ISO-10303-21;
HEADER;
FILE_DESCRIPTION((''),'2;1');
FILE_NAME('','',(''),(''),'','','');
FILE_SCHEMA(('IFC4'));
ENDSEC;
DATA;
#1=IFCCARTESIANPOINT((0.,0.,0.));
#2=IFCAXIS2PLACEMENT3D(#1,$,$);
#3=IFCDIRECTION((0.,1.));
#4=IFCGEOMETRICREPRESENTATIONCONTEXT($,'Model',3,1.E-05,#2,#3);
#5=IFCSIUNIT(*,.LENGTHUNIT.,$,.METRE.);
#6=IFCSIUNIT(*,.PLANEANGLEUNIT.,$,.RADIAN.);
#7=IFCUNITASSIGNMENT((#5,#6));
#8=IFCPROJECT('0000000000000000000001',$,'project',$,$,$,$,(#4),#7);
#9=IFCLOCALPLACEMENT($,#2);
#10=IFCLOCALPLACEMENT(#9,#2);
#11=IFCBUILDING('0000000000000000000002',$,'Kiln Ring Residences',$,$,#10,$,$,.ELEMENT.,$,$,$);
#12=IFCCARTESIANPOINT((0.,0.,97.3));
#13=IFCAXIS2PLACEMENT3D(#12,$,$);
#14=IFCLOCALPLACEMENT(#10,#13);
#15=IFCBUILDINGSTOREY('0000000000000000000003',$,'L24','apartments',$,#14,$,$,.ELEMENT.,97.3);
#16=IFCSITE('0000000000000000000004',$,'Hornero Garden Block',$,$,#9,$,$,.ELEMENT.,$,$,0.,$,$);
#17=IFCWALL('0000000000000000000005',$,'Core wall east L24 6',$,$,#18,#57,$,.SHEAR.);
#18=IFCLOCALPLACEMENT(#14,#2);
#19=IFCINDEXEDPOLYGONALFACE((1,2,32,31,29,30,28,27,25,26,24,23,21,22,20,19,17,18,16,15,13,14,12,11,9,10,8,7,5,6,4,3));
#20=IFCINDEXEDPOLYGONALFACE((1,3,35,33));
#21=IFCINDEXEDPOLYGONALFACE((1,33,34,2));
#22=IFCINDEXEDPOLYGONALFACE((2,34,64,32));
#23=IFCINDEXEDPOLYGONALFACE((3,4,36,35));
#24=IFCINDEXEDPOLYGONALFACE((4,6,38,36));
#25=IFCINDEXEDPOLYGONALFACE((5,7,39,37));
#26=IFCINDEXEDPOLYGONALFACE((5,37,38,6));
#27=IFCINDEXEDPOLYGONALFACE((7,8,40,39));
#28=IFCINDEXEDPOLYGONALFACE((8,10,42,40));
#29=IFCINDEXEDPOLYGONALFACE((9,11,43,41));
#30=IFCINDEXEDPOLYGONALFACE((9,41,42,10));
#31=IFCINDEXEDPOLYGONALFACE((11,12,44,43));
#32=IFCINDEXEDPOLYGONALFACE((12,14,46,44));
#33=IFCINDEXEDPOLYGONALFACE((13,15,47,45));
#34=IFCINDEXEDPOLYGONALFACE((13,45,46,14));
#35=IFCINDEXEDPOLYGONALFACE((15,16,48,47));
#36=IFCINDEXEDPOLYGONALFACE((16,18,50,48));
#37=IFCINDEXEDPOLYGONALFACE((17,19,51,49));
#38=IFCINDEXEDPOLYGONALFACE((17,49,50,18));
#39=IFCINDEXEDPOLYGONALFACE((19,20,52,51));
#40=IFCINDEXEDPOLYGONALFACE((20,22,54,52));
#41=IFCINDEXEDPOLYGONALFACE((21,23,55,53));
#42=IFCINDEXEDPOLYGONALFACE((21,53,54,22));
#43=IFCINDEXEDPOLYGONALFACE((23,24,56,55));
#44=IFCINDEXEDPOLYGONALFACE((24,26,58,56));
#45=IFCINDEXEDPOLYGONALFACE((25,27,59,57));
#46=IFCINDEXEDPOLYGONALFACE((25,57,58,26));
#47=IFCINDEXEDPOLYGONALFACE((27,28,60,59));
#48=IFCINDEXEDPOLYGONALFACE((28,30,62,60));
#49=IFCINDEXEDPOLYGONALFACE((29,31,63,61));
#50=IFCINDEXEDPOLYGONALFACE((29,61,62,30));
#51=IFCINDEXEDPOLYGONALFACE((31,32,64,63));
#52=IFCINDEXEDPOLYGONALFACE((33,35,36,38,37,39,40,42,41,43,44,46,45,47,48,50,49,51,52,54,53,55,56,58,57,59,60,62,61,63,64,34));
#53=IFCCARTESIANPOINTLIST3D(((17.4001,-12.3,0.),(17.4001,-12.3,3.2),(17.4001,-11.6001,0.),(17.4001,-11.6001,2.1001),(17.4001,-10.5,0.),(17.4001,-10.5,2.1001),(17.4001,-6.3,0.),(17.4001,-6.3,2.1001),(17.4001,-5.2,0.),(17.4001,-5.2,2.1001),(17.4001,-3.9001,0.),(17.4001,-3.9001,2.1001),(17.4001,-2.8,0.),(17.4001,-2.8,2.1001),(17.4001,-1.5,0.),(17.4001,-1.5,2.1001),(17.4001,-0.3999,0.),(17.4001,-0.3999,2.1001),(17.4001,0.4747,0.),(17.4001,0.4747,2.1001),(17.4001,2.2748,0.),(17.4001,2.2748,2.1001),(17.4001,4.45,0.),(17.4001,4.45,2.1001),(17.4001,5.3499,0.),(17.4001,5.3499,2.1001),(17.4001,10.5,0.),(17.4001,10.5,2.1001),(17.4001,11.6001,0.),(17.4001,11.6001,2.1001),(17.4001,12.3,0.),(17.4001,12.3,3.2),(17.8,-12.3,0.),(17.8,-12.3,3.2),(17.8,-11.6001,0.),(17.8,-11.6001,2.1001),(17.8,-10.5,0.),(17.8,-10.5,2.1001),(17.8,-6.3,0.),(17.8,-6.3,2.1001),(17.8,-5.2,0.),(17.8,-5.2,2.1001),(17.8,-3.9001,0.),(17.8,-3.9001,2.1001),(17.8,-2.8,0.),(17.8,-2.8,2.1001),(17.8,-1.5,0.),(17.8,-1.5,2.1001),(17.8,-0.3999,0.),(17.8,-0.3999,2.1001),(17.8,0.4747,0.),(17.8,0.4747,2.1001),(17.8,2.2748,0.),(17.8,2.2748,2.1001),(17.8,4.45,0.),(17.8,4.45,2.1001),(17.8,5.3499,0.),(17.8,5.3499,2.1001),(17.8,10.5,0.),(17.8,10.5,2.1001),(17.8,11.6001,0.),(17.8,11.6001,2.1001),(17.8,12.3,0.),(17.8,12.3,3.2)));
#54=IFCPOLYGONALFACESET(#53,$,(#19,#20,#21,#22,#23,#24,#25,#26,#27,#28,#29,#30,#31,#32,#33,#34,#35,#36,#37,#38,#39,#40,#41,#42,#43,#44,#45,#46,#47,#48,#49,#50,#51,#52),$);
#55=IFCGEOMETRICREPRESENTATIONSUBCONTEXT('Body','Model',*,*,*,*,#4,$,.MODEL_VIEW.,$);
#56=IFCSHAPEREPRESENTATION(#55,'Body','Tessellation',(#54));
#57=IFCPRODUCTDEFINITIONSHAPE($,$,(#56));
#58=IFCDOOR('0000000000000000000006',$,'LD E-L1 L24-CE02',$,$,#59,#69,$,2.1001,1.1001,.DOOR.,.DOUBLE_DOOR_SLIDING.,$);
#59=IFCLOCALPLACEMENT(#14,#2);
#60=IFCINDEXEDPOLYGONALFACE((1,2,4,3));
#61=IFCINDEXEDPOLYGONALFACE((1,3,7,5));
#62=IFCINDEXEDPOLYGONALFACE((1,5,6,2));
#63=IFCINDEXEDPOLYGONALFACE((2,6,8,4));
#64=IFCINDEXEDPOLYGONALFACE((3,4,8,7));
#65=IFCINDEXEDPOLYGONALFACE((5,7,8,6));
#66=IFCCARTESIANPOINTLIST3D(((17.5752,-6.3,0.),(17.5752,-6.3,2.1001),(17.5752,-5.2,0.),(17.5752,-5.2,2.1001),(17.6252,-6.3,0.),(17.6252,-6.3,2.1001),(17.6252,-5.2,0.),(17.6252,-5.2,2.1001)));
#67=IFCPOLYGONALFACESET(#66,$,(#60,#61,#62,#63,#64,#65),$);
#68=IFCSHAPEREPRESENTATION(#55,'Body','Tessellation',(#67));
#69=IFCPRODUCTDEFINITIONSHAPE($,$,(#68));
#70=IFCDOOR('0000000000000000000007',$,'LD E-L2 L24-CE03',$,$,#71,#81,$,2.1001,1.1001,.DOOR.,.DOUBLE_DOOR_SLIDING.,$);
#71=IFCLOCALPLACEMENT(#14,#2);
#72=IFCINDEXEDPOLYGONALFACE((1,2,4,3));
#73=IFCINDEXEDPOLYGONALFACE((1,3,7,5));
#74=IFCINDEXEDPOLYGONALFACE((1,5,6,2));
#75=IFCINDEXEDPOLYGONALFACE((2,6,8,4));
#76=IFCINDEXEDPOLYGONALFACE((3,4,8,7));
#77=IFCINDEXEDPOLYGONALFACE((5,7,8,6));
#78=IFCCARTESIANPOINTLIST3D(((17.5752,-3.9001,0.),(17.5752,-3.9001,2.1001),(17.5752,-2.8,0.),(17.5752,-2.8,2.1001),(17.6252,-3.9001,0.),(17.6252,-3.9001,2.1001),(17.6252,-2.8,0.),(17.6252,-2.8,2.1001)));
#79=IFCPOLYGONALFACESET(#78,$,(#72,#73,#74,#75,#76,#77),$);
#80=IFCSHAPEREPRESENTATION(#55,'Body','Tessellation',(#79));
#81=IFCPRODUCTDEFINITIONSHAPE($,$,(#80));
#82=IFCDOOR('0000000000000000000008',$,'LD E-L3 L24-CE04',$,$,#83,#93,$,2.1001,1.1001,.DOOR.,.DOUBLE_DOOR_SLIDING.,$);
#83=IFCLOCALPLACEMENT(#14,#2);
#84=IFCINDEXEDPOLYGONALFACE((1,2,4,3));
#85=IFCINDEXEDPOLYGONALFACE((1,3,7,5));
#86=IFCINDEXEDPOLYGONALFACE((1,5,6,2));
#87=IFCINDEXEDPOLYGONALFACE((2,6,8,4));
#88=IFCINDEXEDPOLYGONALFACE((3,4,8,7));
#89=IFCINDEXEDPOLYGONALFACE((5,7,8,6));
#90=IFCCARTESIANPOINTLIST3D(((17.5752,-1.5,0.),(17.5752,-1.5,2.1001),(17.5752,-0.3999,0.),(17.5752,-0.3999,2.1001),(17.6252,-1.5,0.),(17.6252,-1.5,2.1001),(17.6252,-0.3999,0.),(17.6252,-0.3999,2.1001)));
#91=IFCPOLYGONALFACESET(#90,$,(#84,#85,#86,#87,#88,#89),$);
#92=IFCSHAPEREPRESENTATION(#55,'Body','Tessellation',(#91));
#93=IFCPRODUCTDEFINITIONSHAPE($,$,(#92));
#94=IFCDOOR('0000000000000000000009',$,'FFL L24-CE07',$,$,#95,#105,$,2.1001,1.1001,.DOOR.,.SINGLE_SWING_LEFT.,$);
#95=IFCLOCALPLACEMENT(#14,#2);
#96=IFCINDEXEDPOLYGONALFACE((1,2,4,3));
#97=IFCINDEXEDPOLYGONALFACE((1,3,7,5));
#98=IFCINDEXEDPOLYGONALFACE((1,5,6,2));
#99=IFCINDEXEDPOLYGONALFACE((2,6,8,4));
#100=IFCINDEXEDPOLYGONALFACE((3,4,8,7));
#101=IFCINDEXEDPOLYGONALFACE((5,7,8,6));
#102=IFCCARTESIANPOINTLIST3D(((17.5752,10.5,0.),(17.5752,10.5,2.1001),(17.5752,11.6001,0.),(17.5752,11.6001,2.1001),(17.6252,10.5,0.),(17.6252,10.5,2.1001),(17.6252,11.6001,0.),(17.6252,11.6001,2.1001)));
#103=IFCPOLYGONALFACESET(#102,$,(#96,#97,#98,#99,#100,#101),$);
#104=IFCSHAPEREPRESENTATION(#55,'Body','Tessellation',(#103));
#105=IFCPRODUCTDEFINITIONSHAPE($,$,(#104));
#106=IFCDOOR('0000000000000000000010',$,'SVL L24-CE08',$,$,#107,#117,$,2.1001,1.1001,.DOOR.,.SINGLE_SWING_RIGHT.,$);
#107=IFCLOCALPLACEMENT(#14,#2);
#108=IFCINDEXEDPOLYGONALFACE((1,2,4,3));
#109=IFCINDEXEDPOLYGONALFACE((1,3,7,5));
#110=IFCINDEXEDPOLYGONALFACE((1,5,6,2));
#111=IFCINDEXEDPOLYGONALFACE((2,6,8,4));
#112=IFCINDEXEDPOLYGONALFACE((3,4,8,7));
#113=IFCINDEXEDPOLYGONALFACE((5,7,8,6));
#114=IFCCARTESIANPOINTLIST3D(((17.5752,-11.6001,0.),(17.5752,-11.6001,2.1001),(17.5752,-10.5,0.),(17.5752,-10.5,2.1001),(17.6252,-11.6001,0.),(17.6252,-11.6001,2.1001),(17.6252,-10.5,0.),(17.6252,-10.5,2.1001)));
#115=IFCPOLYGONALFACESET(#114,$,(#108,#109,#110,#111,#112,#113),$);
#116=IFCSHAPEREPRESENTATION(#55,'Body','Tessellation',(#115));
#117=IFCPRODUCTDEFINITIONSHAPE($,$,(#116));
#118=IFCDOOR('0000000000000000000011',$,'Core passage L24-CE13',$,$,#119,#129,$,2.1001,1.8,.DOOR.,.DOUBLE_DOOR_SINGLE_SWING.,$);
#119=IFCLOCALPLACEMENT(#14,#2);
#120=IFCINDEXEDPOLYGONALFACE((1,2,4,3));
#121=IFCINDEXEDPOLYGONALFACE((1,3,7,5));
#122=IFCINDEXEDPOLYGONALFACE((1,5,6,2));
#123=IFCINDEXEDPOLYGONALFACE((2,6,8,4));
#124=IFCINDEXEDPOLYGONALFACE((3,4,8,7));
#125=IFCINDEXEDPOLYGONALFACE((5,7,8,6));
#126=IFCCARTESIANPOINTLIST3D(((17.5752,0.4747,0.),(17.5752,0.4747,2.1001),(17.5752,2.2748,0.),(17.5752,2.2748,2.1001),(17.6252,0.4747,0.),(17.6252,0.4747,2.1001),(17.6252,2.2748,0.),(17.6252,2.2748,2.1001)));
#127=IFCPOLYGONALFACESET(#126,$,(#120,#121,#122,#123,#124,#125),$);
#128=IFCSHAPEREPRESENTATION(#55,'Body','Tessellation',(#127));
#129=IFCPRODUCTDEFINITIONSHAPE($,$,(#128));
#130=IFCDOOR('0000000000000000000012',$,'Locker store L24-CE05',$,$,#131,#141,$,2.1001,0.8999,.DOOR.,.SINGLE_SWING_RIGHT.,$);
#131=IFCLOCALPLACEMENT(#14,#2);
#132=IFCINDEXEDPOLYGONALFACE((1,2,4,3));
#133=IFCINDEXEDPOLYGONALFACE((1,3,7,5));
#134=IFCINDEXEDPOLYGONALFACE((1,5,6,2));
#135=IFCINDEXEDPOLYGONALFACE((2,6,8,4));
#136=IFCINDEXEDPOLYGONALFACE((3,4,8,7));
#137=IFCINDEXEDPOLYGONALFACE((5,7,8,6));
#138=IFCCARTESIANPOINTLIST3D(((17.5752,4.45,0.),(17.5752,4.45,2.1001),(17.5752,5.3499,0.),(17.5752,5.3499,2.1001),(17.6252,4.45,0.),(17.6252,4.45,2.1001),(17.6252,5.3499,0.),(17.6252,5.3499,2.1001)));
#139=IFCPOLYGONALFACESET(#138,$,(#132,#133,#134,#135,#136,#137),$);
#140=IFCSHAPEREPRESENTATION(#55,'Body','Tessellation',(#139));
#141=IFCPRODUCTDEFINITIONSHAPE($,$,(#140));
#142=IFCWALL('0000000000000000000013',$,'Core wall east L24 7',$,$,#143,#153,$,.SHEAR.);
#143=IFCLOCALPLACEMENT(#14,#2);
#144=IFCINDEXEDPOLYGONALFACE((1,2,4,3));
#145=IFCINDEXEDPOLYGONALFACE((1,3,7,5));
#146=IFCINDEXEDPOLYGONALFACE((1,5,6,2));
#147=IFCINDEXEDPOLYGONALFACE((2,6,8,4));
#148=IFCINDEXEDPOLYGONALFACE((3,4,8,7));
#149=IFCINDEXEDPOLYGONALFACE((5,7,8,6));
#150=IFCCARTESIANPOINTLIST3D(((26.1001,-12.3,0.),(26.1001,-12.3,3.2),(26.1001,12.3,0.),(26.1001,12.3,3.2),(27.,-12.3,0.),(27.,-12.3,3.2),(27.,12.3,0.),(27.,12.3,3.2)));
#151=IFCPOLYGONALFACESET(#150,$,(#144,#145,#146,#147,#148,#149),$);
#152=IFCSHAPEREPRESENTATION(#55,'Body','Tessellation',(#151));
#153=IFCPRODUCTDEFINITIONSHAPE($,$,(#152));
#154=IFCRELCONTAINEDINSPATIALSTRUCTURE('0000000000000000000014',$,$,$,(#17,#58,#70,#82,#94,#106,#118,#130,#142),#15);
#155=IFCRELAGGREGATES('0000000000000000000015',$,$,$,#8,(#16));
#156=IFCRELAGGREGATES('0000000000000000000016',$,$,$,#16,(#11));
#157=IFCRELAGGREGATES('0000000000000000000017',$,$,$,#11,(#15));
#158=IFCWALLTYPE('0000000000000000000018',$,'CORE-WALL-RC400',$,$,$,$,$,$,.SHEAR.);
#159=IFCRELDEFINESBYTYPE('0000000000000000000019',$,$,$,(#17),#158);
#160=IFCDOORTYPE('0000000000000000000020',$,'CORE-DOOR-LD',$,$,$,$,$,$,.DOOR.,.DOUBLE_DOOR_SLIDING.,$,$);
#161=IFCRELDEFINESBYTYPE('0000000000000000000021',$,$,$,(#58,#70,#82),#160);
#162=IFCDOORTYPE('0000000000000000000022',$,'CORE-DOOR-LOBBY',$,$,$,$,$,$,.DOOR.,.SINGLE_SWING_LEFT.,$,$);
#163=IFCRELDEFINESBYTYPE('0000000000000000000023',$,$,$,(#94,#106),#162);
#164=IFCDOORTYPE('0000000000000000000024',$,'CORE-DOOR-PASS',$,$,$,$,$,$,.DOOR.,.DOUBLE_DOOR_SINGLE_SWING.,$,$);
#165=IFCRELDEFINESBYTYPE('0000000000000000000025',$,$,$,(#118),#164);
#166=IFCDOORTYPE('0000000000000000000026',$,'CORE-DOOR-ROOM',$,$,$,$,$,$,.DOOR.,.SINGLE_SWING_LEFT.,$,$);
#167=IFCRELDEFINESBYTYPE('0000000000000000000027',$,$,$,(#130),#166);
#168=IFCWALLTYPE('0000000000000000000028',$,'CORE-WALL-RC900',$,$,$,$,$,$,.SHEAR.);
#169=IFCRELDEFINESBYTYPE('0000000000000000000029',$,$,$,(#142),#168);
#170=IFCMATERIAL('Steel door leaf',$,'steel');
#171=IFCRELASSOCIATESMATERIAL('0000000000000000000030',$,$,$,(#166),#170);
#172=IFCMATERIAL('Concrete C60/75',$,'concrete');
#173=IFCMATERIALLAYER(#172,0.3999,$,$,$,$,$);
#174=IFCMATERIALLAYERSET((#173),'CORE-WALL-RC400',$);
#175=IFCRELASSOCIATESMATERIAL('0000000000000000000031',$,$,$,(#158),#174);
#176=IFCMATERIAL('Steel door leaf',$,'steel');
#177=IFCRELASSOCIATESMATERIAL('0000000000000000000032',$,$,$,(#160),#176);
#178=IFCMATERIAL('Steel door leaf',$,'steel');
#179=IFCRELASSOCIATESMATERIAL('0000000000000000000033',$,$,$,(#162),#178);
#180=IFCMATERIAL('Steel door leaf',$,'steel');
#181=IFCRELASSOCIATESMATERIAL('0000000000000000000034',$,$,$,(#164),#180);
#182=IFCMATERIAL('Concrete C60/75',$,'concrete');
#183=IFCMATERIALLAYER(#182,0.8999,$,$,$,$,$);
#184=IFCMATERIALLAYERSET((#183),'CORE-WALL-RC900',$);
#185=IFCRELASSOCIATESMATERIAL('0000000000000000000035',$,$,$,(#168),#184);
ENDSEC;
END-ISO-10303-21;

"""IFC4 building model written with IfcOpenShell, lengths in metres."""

from ifc_helpers import new_model, si_unit, direction, frame, frame_2d, origin, place, context, subcontext, project, spatial, rectangle, extrude, material, layer, layer_set, type_object, element, fill, save


model = new_model("IFC4")

# Units and contexts
model_context = context("Model", 3, precision=1e-05, world=origin(), true_north=direction((0.0, 1.0)))
body_context = subcontext(model_context, "Body", "Model", "MODEL_VIEW")
ifc_project = project(units=[si_unit("LENGTHUNIT", "METRE"), si_unit("PLANEANGLEUNIT", "RADIAN")], contexts=[model_context])

# Site, building, storey
site_placement = place(None, origin())
site = spatial("IfcSite", under=ifc_project, at=site_placement, Name="Hornero Garden Block", CompositionType="ELEMENT", RefElevation=0.0)
building_placement = place(site_placement, origin())
building = spatial("IfcBuilding", under=site, at=building_placement, Name="Kiln Ring Residences", CompositionType="ELEMENT")
storey_placement = place(building_placement, frame((0.0, 0.0, 97.3)))
storey = spatial("IfcBuildingStorey", under=building, at=storey_placement, Name="L24", Description="apartments", CompositionType="ELEMENT", Elevation=97.3)

# Shared definitions
ifc_material_1 = material(Name="Steel door leaf", Category="steel")
door_type_1 = type_object("IfcDoorType", Name="CORE-DOOR-ROOM", OperationType="SINGLE_SWING_LEFT", PredefinedType="DOOR", material=ifc_material_1)

# Wall, openings, doors
ifc_material_2 = material(Name="Concrete C60/75", Category="concrete")
ifc_layer_1 = layer(ifc_material_2, 0.3999)
ifc_layer_set_1 = layer_set([ifc_layer_1], Name="CORE-WALL-RC400")
wall_type_1 = type_object("IfcWallType", Name="CORE-WALL-RC400", PredefinedType="SHEAR", material=ifc_layer_set_1)
wall_1_placement = place(storey_placement, frame((17.6001, -12.3, 0.0), z_axis=(0.0, 0.0, 1.0), x_axis=(0.0, 1.0, 0.0)))
wall_1 = element("IfcWall", 1, at=wall_1_placement, inside=storey, type_object=wall_type_1, Name="Core wall east L24 6", PredefinedType="SHEAR", context=body_context, shape_type="SweptSolid", body=[
    extrude(rectangle(XDim=24.6001, YDim=0.3999, at=frame_2d((12.3, 0.0))), origin(), (0.0, 0.0, 1.0), 3.2),
])
opening_1_placement = place(wall_1_placement, frame((6.0, 0.0, 0.0)))
opening_1 = element("IfcOpeningElement", 2, at=opening_1_placement, cuts=wall_1, PredefinedType="OPENING", context=body_context, shape_type="SweptSolid", body=[
    extrude(rectangle(XDim=1.1001, YDim=2.1001, at=frame_2d((0.55, 1.05))), frame((0.0, 0.21, 0.0), z_axis=(0.0, -1.0, 0.0), x_axis=(1.0, 0.0, 0.0)), (0.0, 0.0, 1.0), 0.4199),
])
opening_2_placement = place(wall_1_placement, frame((8.3999, 0.0, 0.0)))
opening_2 = element("IfcOpeningElement", 3, at=opening_2_placement, cuts=wall_1, PredefinedType="OPENING", context=body_context, shape_type="SweptSolid", body=[
    extrude(rectangle(XDim=1.1001, YDim=2.1001, at=frame_2d((0.55, 1.05))), frame((0.0, 0.21, 0.0), z_axis=(0.0, -1.0, 0.0), x_axis=(1.0, 0.0, 0.0)), (0.0, 0.0, 1.0), 0.4199),
])
opening_3_placement = place(wall_1_placement, frame((10.8, 0.0, 0.0)))
opening_3 = element("IfcOpeningElement", 4, at=opening_3_placement, cuts=wall_1, PredefinedType="OPENING", context=body_context, shape_type="SweptSolid", body=[
    extrude(rectangle(XDim=1.1001, YDim=2.1001, at=frame_2d((0.55, 1.05))), frame((0.0, 0.21, 0.0), z_axis=(0.0, -1.0, 0.0), x_axis=(1.0, 0.0, 0.0)), (0.0, 0.0, 1.0), 0.4199),
])
opening_4_placement = place(wall_1_placement, frame((16.75, 0.0, 0.0)))
opening_4 = element("IfcOpeningElement", 5, at=opening_4_placement, cuts=wall_1, PredefinedType="OPENING", context=body_context, shape_type="SweptSolid", body=[
    extrude(rectangle(XDim=0.8999, YDim=2.1001, at=frame_2d((0.45, 1.05))), frame((0.0, 0.21, 0.0), z_axis=(0.0, -1.0, 0.0), x_axis=(1.0, 0.0, 0.0)), (0.0, 0.0, 1.0), 0.4199),
])
opening_5_placement = place(wall_1_placement, frame((22.8, 0.0, 0.0)))
opening_5 = element("IfcOpeningElement", 6, at=opening_5_placement, cuts=wall_1, PredefinedType="OPENING", context=body_context, shape_type="SweptSolid", body=[
    extrude(rectangle(XDim=1.1001, YDim=2.1001, at=frame_2d((0.55, 1.05))), frame((0.0, 0.21, 0.0), z_axis=(0.0, -1.0, 0.0), x_axis=(1.0, 0.0, 0.0)), (0.0, 0.0, 1.0), 0.4199),
])
opening_6_placement = place(wall_1_placement, frame((0.7, 0.0, 0.0)))
opening_6 = element("IfcOpeningElement", 7, at=opening_6_placement, cuts=wall_1, PredefinedType="OPENING", context=body_context, shape_type="SweptSolid", body=[
    extrude(rectangle(XDim=1.1001, YDim=2.1001, at=frame_2d((0.55, 1.05))), frame((0.0, 0.21, 0.0), z_axis=(0.0, -1.0, 0.0), x_axis=(1.0, 0.0, 0.0)), (0.0, 0.0, 1.0), 0.4199),
])
opening_7_placement = place(wall_1_placement, frame((12.7749, 0.0, 0.0)))
opening_7 = element("IfcOpeningElement", 8, at=opening_7_placement, cuts=wall_1, PredefinedType="OPENING", context=body_context, shape_type="SweptSolid", body=[
    extrude(rectangle(XDim=1.8, YDim=2.1001, at=frame_2d((0.8999, 1.05))), frame((0.0, 0.21, 0.0), z_axis=(0.0, -1.0, 0.0), x_axis=(1.0, 0.0, 0.0)), (0.0, 0.0, 1.0), 0.4199),
])
ifc_material_3 = material(Name="Steel door leaf", Category="steel")
door_type_2 = type_object("IfcDoorType", Name="CORE-DOOR-LD", OperationType="DOUBLE_DOOR_SLIDING", PredefinedType="DOOR", material=ifc_material_3)
door_1_placement = place(opening_1_placement, origin())
door_1 = element("IfcDoor", 9, at=door_1_placement, inside=storey, type_object=door_type_2, Name="LD E-L1 L24-CE02", OperationType="DOUBLE_DOOR_SLIDING", OverallHeight=2.1001, OverallWidth=1.1001, PredefinedType="DOOR", context=body_context, shape_type="SweptSolid", body=[
    extrude(rectangle(XDim=1.1001, YDim=2.1001, at=frame_2d((0.55, 1.05))), frame((0.0, 0.0249, 0.0), z_axis=(0.0, -1.0, 0.0), x_axis=(1.0, 0.0, 0.0)), (0.0, 0.0, 1.0), 0.05),
])
fill(opening_1, door_1)
door_2_placement = place(opening_2_placement, origin())
door_2 = element("IfcDoor", 10, at=door_2_placement, inside=storey, type_object=door_type_2, Name="LD E-L2 L24-CE03", OperationType="DOUBLE_DOOR_SLIDING", OverallHeight=2.1001, OverallWidth=1.1001, PredefinedType="DOOR", context=body_context, shape_type="SweptSolid", body=[
    extrude(rectangle(XDim=1.1001, YDim=2.1001, at=frame_2d((0.55, 1.05))), frame((0.0, 0.0249, 0.0), z_axis=(0.0, -1.0, 0.0), x_axis=(1.0, 0.0, 0.0)), (0.0, 0.0, 1.0), 0.05),
])
fill(opening_2, door_2)
door_3_placement = place(opening_3_placement, origin())
door_3 = element("IfcDoor", 11, at=door_3_placement, inside=storey, type_object=door_type_2, Name="LD E-L3 L24-CE04", OperationType="DOUBLE_DOOR_SLIDING", OverallHeight=2.1001, OverallWidth=1.1001, PredefinedType="DOOR", context=body_context, shape_type="SweptSolid", body=[
    extrude(rectangle(XDim=1.1001, YDim=2.1001, at=frame_2d((0.55, 1.05))), frame((0.0, 0.0249, 0.0), z_axis=(0.0, -1.0, 0.0), x_axis=(1.0, 0.0, 0.0)), (0.0, 0.0, 1.0), 0.05),
])
fill(opening_3, door_3)
ifc_material_4 = material(Name="Steel door leaf", Category="steel")
door_type_3 = type_object("IfcDoorType", Name="CORE-DOOR-LOBBY", OperationType="SINGLE_SWING_LEFT", PredefinedType="DOOR", material=ifc_material_4)
door_4_placement = place(opening_5_placement, origin())
door_4 = element("IfcDoor", 12, at=door_4_placement, inside=storey, type_object=door_type_3, Name="FFL L24-CE07", OperationType="SINGLE_SWING_LEFT", OverallHeight=2.1001, OverallWidth=1.1001, PredefinedType="DOOR", context=body_context, shape_type="SweptSolid", body=[
    extrude(rectangle(XDim=1.1001, YDim=2.1001, at=frame_2d((0.55, 1.05))), frame((0.0, 0.0249, 0.0), z_axis=(0.0, -1.0, 0.0), x_axis=(1.0, 0.0, 0.0)), (0.0, 0.0, 1.0), 0.05),
])
fill(opening_5, door_4)
door_5_placement = place(opening_6_placement, origin())
door_5 = element("IfcDoor", 13, at=door_5_placement, inside=storey, type_object=door_type_3, Name="SVL L24-CE08", OperationType="SINGLE_SWING_RIGHT", OverallHeight=2.1001, OverallWidth=1.1001, PredefinedType="DOOR", context=body_context, shape_type="SweptSolid", body=[
    extrude(rectangle(XDim=1.1001, YDim=2.1001, at=frame_2d((0.55, 1.05))), frame((0.0, 0.0249, 0.0), z_axis=(0.0, -1.0, 0.0), x_axis=(1.0, 0.0, 0.0)), (0.0, 0.0, 1.0), 0.05),
])
fill(opening_6, door_5)
ifc_material_5 = material(Name="Steel door leaf", Category="steel")
door_type_4 = type_object("IfcDoorType", Name="CORE-DOOR-PASS", OperationType="DOUBLE_DOOR_SINGLE_SWING", PredefinedType="DOOR", material=ifc_material_5)
door_6_placement = place(opening_7_placement, origin())
door_6 = element("IfcDoor", 14, at=door_6_placement, inside=storey, type_object=door_type_4, Name="Core passage L24-CE13", OperationType="DOUBLE_DOOR_SINGLE_SWING", OverallHeight=2.1001, OverallWidth=1.8, PredefinedType="DOOR", context=body_context, shape_type="SweptSolid", body=[
    extrude(rectangle(XDim=1.8, YDim=2.1001, at=frame_2d((0.8999, 1.05))), frame((0.0, 0.0249, 0.0), z_axis=(0.0, -1.0, 0.0), x_axis=(1.0, 0.0, 0.0)), (0.0, 0.0, 1.0), 0.05),
])
fill(opening_7, door_6)
door_7_placement = place(opening_4_placement, origin())
door_7 = element("IfcDoor", 15, at=door_7_placement, inside=storey, type_object=door_type_1, Name="Locker store L24-CE05", OperationType="SINGLE_SWING_RIGHT", OverallHeight=2.1001, OverallWidth=0.8999, PredefinedType="DOOR", context=body_context, shape_type="SweptSolid", body=[
    extrude(rectangle(XDim=0.8999, YDim=2.1001, at=frame_2d((0.45, 1.05))), frame((0.0, 0.0249, 0.0), z_axis=(0.0, -1.0, 0.0), x_axis=(1.0, 0.0, 0.0)), (0.0, 0.0, 1.0), 0.05),
])
fill(opening_4, door_7)

# Wall
ifc_material_6 = material(Name="Concrete C60/75", Category="concrete")
ifc_layer_2 = layer(ifc_material_6, 0.8999)
ifc_layer_set_2 = layer_set([ifc_layer_2], Name="CORE-WALL-RC900")
wall_type_2 = type_object("IfcWallType", Name="CORE-WALL-RC900", PredefinedType="SHEAR", material=ifc_layer_set_2)
wall_2_placement = place(storey_placement, frame((26.55, -12.3, 0.0), z_axis=(0.0, 0.0, 1.0), x_axis=(0.0, 1.0, 0.0)))
element("IfcWall", 16, at=wall_2_placement, inside=storey, type_object=wall_type_2, Name="Core wall east L24 7", PredefinedType="SHEAR", context=body_context, shape_type="SweptSolid", body=[
    extrude(rectangle(XDim=24.6001, YDim=0.8999, at=frame_2d((12.3, 0.0))), origin(), (0.0, 0.0, 1.0), 3.2),
])

save(model, "model.ifc")
